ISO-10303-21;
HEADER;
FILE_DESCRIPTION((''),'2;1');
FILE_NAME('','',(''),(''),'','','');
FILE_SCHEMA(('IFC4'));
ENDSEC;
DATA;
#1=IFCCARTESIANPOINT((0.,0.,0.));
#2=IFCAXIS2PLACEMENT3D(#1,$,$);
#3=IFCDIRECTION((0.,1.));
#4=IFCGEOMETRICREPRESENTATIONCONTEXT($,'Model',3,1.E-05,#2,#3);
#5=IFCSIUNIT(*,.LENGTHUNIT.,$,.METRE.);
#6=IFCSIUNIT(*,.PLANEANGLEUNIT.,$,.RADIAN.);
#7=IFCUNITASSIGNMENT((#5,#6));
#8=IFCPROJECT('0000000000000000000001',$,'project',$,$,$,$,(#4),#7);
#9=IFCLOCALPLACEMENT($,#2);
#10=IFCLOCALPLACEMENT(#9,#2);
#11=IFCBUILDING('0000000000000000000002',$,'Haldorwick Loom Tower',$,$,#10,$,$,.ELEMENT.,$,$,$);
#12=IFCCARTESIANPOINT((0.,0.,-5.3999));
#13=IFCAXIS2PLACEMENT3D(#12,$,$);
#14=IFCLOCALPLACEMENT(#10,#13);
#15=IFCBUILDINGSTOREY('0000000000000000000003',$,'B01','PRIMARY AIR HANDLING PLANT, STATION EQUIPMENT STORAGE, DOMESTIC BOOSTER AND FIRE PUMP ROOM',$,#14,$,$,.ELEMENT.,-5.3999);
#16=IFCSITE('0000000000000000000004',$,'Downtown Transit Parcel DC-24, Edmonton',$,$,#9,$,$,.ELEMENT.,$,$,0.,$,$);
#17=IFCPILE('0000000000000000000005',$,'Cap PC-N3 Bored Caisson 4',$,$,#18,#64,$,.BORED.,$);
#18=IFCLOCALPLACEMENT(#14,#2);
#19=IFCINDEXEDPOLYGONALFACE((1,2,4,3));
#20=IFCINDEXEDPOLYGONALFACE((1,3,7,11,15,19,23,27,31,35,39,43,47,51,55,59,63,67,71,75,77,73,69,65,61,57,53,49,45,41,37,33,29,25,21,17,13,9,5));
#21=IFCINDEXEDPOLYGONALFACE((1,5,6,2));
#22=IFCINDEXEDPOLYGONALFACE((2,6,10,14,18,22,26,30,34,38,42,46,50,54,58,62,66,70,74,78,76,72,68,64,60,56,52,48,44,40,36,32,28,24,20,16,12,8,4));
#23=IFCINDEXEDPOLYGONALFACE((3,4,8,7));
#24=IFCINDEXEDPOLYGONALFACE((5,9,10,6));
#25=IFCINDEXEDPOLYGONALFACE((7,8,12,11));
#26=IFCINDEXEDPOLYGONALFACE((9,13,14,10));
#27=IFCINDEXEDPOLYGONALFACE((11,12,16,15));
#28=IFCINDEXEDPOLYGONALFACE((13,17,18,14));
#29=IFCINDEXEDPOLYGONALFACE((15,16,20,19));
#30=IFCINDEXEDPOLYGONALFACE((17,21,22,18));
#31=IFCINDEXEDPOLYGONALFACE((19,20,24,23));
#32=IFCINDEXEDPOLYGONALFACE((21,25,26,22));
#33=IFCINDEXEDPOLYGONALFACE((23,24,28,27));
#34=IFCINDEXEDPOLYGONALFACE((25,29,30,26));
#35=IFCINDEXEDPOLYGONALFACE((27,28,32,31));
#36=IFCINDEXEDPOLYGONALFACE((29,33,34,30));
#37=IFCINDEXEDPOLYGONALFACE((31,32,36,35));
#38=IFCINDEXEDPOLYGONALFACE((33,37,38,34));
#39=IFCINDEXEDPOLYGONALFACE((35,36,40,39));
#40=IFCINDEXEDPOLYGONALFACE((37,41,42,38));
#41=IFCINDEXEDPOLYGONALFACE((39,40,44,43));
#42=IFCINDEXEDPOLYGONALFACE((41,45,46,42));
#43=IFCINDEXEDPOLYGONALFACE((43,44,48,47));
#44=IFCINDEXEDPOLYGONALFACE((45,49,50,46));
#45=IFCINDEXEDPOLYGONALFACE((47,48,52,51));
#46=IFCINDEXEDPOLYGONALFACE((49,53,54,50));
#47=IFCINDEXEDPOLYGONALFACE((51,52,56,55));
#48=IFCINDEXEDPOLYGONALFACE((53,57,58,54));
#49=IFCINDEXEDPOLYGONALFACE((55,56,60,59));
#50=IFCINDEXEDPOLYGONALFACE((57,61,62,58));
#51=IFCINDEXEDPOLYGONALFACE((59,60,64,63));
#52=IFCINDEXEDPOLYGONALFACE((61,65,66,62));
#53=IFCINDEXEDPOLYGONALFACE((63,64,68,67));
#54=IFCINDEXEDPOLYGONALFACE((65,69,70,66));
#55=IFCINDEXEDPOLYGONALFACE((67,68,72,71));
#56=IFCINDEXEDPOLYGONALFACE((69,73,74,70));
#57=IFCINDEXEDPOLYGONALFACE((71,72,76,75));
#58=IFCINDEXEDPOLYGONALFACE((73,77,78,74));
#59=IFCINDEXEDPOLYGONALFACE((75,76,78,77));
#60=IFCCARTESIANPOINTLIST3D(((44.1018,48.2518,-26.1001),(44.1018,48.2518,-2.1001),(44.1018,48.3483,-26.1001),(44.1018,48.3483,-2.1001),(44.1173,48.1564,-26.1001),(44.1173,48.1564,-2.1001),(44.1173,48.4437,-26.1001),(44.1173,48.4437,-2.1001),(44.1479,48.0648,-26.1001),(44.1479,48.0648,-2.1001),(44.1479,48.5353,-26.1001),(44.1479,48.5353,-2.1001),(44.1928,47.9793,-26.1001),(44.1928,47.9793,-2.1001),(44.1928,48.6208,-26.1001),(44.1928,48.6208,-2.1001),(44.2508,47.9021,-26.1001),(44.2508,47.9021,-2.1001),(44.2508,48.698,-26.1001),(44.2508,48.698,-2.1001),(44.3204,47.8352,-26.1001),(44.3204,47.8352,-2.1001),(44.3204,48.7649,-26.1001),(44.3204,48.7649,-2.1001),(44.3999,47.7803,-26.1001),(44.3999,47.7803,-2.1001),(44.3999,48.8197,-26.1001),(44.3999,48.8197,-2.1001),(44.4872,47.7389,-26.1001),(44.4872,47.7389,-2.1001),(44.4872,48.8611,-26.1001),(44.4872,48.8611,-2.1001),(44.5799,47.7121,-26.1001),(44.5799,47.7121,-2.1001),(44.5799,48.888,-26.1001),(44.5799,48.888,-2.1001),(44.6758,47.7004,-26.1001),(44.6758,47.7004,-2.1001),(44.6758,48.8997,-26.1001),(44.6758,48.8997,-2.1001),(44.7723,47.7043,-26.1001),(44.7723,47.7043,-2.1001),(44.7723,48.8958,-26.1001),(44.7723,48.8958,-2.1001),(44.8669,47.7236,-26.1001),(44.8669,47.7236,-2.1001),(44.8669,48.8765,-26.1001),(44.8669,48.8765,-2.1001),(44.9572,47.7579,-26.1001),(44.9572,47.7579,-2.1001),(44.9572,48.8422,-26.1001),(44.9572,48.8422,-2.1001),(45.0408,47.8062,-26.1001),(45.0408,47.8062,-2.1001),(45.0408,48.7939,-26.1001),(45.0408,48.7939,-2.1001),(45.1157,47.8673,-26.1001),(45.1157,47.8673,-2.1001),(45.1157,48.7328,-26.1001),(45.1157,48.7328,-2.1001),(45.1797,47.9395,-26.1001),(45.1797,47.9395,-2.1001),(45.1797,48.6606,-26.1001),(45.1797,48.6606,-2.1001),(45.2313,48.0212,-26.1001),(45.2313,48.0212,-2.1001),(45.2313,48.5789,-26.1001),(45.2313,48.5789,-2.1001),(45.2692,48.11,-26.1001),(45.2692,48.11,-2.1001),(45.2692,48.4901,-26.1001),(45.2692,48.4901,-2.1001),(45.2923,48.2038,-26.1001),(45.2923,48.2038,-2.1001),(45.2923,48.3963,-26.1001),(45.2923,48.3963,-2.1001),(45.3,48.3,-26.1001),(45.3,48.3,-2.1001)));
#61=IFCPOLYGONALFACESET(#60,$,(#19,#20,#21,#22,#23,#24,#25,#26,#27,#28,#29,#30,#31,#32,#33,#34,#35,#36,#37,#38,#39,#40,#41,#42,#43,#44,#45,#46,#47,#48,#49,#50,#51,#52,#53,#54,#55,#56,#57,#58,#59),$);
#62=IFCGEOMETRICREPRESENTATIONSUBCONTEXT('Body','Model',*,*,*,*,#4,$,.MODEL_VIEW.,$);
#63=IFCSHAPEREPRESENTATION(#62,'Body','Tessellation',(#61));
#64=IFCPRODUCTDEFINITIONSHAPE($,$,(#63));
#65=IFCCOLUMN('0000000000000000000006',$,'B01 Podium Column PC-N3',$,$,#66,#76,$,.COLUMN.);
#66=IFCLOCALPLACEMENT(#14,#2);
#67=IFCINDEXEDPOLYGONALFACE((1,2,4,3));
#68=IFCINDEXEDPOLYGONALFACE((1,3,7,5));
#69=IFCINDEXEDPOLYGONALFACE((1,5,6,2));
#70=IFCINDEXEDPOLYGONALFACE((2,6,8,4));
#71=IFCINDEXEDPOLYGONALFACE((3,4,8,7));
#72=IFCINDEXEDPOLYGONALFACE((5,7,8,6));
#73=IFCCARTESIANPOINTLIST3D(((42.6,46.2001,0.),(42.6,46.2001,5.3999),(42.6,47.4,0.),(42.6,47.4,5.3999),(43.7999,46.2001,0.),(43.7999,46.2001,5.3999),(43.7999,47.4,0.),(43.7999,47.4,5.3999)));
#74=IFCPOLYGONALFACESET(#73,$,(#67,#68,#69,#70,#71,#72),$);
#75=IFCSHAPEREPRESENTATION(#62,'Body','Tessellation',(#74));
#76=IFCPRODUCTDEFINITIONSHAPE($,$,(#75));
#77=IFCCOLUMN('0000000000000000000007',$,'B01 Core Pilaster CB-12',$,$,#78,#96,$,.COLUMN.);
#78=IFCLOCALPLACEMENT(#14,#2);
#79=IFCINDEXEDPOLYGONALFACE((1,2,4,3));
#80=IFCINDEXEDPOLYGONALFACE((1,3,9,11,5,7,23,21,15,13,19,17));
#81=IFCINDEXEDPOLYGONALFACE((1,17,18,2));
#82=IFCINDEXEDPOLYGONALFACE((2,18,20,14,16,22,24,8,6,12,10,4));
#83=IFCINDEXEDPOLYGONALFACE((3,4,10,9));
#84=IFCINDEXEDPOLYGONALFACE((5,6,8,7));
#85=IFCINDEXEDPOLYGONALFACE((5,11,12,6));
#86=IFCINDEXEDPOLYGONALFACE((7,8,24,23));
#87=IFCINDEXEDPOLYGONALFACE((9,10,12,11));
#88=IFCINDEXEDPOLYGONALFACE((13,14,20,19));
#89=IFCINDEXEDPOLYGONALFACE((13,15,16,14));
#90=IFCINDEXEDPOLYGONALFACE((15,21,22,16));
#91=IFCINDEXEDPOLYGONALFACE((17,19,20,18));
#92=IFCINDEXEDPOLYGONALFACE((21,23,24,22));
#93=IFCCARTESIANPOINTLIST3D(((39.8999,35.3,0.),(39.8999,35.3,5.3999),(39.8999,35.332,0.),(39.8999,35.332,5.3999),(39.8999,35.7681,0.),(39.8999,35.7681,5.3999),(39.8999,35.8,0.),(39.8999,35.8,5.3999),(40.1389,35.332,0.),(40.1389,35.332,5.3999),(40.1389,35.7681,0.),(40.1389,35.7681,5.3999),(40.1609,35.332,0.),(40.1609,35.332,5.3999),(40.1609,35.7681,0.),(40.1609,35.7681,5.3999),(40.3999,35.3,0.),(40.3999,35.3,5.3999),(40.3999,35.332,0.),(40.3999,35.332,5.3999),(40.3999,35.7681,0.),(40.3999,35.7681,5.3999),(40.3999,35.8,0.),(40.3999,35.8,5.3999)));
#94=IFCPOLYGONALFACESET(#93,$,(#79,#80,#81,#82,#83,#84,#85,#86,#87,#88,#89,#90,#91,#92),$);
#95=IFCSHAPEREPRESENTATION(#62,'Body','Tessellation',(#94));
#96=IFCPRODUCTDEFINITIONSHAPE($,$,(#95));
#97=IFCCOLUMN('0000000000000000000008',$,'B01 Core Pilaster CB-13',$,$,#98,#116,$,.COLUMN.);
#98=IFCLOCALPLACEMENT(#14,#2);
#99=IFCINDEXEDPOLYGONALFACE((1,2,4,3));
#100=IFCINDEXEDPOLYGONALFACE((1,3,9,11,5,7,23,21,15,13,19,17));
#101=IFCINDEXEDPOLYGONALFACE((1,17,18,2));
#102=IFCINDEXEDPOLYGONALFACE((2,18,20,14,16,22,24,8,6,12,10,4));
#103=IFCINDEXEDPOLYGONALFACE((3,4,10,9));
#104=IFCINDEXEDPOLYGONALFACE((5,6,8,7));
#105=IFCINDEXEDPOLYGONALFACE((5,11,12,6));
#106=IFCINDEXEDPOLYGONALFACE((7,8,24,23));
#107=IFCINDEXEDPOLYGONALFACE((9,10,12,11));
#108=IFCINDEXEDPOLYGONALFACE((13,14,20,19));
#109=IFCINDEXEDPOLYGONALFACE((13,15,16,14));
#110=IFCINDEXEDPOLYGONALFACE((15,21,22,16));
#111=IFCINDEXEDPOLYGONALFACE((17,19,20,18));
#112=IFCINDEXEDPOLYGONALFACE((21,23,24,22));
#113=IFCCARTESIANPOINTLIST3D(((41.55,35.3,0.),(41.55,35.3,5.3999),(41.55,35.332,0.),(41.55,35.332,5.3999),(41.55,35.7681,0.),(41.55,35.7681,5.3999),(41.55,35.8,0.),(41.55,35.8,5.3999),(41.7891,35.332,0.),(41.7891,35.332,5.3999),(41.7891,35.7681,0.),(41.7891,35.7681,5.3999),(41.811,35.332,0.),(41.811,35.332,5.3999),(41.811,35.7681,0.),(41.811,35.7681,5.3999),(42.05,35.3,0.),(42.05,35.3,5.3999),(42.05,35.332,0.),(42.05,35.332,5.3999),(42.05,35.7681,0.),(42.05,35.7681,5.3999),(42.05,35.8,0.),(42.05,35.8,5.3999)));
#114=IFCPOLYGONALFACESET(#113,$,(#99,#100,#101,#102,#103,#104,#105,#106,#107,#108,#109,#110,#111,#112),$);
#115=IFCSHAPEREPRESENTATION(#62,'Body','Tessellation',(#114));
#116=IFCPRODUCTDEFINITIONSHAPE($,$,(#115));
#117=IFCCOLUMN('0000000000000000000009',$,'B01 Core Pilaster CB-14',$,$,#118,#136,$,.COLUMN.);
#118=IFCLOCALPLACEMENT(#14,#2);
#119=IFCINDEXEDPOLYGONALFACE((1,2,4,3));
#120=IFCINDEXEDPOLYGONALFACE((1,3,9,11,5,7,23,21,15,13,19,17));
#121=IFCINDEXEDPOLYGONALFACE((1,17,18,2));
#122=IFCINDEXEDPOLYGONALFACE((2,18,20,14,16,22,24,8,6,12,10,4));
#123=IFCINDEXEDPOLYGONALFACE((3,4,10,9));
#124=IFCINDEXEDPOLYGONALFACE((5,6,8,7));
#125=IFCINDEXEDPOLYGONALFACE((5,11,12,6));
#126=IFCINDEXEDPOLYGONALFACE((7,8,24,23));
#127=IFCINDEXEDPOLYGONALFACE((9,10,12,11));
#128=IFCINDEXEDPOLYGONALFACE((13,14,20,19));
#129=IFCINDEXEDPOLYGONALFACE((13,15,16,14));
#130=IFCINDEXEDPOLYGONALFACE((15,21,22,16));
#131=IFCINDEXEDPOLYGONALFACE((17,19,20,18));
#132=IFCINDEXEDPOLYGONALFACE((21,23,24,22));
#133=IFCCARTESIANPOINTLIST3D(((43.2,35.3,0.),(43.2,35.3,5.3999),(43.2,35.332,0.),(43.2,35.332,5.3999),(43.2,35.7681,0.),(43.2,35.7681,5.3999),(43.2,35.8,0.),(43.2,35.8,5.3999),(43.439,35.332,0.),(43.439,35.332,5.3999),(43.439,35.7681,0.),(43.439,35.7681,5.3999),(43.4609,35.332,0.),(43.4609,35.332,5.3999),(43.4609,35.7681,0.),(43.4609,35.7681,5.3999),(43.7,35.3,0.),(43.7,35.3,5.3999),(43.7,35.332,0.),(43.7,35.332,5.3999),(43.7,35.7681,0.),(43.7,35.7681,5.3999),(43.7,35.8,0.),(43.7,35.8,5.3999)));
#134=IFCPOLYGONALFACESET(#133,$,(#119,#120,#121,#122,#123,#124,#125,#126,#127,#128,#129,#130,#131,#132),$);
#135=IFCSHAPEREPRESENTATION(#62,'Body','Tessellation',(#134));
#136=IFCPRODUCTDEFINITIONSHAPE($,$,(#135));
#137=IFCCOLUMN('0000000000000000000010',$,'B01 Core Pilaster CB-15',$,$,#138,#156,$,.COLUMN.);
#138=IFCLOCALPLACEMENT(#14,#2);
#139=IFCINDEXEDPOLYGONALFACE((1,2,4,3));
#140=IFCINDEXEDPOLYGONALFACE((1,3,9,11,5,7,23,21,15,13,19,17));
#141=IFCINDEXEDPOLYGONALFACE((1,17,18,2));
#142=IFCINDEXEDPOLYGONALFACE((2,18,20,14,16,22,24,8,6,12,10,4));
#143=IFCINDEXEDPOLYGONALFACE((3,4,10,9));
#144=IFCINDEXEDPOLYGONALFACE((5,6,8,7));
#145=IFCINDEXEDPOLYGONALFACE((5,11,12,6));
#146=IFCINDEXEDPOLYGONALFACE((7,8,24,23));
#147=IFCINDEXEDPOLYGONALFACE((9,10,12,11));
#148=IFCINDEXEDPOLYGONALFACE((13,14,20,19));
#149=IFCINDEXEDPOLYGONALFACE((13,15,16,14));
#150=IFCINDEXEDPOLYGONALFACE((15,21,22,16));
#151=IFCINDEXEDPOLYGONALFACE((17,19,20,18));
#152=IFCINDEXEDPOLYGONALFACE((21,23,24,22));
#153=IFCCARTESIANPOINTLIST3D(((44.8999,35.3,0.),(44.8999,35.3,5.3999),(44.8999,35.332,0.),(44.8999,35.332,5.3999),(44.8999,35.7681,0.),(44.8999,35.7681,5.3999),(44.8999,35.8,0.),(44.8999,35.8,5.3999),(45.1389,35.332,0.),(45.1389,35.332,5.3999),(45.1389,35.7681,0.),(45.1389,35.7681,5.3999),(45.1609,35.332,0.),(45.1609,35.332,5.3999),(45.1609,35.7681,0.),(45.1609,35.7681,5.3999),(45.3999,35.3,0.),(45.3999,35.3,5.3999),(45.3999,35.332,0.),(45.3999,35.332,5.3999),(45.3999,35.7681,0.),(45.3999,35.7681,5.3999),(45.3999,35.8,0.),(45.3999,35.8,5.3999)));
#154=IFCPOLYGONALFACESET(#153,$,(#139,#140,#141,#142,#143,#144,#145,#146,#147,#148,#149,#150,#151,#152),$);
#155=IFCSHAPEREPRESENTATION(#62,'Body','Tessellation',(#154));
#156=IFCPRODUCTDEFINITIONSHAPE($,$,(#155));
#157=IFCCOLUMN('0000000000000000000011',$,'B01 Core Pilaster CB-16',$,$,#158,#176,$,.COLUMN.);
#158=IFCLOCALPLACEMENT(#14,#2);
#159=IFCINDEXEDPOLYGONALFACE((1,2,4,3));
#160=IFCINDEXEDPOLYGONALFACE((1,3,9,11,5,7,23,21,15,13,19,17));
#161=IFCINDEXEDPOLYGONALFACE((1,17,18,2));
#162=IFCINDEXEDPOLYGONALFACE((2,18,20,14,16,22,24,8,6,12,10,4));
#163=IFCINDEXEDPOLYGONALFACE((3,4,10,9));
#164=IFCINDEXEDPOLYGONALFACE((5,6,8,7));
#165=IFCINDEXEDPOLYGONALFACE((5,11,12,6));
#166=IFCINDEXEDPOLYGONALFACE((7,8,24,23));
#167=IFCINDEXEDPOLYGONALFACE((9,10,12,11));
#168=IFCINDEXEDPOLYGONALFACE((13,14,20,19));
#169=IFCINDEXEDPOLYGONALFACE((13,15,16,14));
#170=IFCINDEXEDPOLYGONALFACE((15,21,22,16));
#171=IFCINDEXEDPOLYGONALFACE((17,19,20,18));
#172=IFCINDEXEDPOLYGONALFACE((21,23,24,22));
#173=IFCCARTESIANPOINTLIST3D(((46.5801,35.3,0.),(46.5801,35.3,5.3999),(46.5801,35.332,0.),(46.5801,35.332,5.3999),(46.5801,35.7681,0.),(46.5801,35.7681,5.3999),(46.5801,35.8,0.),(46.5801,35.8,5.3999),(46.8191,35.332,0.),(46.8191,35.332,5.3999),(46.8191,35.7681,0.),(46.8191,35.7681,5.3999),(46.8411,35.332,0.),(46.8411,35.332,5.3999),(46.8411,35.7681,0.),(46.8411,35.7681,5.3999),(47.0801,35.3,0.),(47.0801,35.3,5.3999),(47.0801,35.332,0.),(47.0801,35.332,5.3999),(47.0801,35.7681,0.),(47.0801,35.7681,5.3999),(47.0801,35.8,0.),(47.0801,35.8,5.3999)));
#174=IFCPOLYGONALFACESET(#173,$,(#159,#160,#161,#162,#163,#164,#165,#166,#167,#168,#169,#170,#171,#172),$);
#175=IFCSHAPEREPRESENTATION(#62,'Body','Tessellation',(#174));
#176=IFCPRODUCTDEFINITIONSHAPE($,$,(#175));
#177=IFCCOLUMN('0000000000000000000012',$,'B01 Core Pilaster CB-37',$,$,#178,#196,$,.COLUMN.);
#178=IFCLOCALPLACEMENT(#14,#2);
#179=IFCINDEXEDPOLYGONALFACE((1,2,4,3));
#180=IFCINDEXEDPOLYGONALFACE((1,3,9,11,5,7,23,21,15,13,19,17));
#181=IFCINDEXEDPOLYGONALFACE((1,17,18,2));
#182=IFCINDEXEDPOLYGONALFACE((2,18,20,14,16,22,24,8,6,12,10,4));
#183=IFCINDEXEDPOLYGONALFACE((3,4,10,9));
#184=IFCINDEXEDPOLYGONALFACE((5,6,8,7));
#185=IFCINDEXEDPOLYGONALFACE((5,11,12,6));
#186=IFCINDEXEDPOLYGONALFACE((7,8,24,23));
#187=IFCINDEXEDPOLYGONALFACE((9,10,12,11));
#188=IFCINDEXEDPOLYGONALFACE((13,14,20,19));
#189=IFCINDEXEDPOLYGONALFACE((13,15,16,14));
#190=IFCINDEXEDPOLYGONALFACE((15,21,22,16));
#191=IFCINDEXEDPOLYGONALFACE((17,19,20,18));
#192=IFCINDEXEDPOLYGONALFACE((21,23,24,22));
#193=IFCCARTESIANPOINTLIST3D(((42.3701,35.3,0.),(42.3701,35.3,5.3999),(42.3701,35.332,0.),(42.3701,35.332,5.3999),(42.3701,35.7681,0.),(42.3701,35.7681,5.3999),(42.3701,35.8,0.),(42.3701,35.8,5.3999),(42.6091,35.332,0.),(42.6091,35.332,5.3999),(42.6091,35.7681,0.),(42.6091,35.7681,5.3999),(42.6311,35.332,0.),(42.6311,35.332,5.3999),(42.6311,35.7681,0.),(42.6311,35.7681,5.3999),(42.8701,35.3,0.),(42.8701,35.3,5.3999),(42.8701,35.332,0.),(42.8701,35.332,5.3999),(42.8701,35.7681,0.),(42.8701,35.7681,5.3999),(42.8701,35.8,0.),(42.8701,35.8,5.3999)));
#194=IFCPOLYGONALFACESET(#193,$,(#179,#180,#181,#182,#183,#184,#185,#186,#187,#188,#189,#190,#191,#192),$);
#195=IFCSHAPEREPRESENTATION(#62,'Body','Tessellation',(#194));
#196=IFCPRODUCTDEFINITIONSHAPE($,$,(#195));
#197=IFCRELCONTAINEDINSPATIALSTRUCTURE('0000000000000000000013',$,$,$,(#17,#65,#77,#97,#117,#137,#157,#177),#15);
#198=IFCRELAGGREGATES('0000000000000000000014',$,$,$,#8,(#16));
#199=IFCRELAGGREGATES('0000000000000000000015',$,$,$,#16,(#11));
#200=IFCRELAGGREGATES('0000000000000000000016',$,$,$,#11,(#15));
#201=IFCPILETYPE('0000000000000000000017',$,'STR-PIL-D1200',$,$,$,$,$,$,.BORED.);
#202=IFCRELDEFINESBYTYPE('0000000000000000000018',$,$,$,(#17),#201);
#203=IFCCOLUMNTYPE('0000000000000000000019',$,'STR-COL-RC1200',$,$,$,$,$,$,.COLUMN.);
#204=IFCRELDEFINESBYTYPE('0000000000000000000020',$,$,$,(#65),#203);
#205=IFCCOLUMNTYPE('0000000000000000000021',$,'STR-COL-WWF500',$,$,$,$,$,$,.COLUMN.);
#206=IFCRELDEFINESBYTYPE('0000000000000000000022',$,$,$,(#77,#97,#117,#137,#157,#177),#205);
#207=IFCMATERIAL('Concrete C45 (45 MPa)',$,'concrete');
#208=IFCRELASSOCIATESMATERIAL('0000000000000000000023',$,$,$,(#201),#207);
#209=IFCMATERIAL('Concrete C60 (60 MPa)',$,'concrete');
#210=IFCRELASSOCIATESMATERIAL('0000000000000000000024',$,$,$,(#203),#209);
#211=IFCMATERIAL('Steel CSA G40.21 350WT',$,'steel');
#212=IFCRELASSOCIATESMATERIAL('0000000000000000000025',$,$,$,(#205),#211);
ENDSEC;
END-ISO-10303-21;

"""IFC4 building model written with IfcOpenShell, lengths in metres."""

from ifc_helpers import new_model, si_unit, direction, frame, origin, origin_2d, place, context, subcontext, project, spatial, rectangle, circle, i_section, extrude, material, material_profile, profile_set, type_object, element, save


model = new_model("IFC4")

# Units and contexts
model_context = context("Model", 3, precision=1e-05, world=origin(), true_north=direction((0.0, 1.0)))
body_context = subcontext(model_context, "Body", "Model", "MODEL_VIEW")
ifc_project = project(units=[si_unit("LENGTHUNIT", "METRE"), si_unit("PLANEANGLEUNIT", "RADIAN")], contexts=[model_context])

# Site, building, storey
site_placement = place(None, origin())
site = spatial("IfcSite", under=ifc_project, at=site_placement, Name="Downtown Transit Parcel DC-24, Edmonton", CompositionType="ELEMENT", RefElevation=0.0)
building_placement = place(site_placement, origin())
building = spatial("IfcBuilding", under=site, at=building_placement, Name="Haldorwick Loom Tower", CompositionType="ELEMENT")
storey_placement = place(building_placement, frame((0.0, 0.0, -5.3999)))
storey = spatial("IfcBuildingStorey", under=building, at=storey_placement, Name="B01", Description="PRIMARY AIR HANDLING PLANT, STATION EQUIPMENT STORAGE, DOMESTIC BOOSTER AND FIRE PUMP ROOM", CompositionType="ELEMENT", Elevation=-5.3999)

# Shared definitions
ifc_material_1 = material(Name="Concrete C45 (45 MPa)", Category="concrete")

# Pile
ifc_material_profile_1 = material_profile(ifc_material_1, circle(Radius=0.6001, at=origin_2d()), Name="CAISSON_D1200", Category="concrete")
ifc_profile_set_1 = profile_set([ifc_material_profile_1], Name="Concrete C45 (45 MPa)")
pile_type = type_object("IfcPileType", Name="STR-PIL-D1200", PredefinedType="BORED", material=ifc_profile_set_1)
for number, where, z_axis, x_axis, name in (
    (1, (44.7, 48.3, -2.1001), (0.0, 0.0, -1.0), (1.0, 0.0, 0.0), "Cap PC-N3 Bored Caisson 4"),
):
    element("IfcPile", number, at=place(storey_placement, frame(where, z_axis=z_axis, x_axis=x_axis)), inside=storey, type_object=pile_type, Name=name, PredefinedType="BORED", context=body_context, shape_type="SweptSolid", body=[
        extrude(circle(Radius=0.6001, at=origin_2d()), origin(), (0.0, 0.0, 1.0), 24.0),
    ])

# Columns
ifc_material_2 = material(Name="Concrete C60 (60 MPa)", Category="concrete")
ifc_material_profile_2 = material_profile(ifc_material_2, rectangle(XDim=1.2, YDim=1.2, at=origin_2d()), Name="RC1200X1200", Category="concrete")
ifc_profile_set_2 = profile_set([ifc_material_profile_2], Name="Concrete C60 (60 MPa)")
column_type_1 = type_object("IfcColumnType", Name="STR-COL-RC1200", PredefinedType="COLUMN", material=ifc_profile_set_2)
column_placement = place(storey_placement, frame((43.2, 46.8, 0.0), z_axis=(0.0, 0.0, 1.0), x_axis=(1.0, 0.0, 0.0)))
element("IfcColumn", 2, at=column_placement, inside=storey, type_object=column_type_1, Name="B01 Podium Column PC-N3", PredefinedType="COLUMN", context=body_context, shape_type="SweptSolid", body=[
    extrude(rectangle(XDim=1.2, YDim=1.2, at=origin_2d()), origin(), (0.0, 0.0, 1.0), 5.3999),
])
ifc_material_3 = material(Name="Steel CSA G40.21 350WT", Category="steel")
ifc_material_profile_3 = material_profile(ifc_material_3, i_section(OverallWidth=0.5, OverallDepth=0.5, WebThickness=0.022, FlangeThickness=0.032, at=origin_2d()), Name="WWF500X500", Category="steel")
ifc_profile_set_3 = profile_set([ifc_material_profile_3], Name="Steel CSA G40.21 350WT")
column_type_2 = type_object("IfcColumnType", Name="STR-COL-WWF500", PredefinedType="COLUMN", material=ifc_profile_set_3)
for number, where, z_axis, x_axis, name in (
    (3, (40.1499, 35.55, 0.0), (0.0, 0.0, 1.0), (1.0, 0.0, 0.0), "B01 Core Pilaster CB-12"),
    (4, (41.8, 35.55, 0.0), (0.0, 0.0, 1.0), (1.0, 0.0, 0.0), "B01 Core Pilaster CB-13"),
    (5, (43.45, 35.55, 0.0), (0.0, 0.0, 1.0), (1.0, 0.0, 0.0), "B01 Core Pilaster CB-14"),
    (6, (45.1499, 35.55, 0.0), (0.0, 0.0, 1.0), (1.0, 0.0, 0.0), "B01 Core Pilaster CB-15"),
    (7, (46.8301, 35.55, 0.0), (0.0, 0.0, 1.0), (1.0, 0.0, 0.0), "B01 Core Pilaster CB-16"),
    (8, (42.6201, 35.55, 0.0), (0.0, 0.0, 1.0), (1.0, 0.0, 0.0), "B01 Core Pilaster CB-37"),
):
    element("IfcColumn", number, at=place(storey_placement, frame(where, z_axis=z_axis, x_axis=x_axis)), inside=storey, type_object=column_type_2, Name=name, PredefinedType="COLUMN", context=body_context, shape_type="SweptSolid", body=[
        extrude(i_section(OverallWidth=0.5, OverallDepth=0.5, WebThickness=0.022, FlangeThickness=0.032, at=origin_2d()), origin(), (0.0, 0.0, 1.0), 5.3999),
    ])

save(model, "model.ifc")
